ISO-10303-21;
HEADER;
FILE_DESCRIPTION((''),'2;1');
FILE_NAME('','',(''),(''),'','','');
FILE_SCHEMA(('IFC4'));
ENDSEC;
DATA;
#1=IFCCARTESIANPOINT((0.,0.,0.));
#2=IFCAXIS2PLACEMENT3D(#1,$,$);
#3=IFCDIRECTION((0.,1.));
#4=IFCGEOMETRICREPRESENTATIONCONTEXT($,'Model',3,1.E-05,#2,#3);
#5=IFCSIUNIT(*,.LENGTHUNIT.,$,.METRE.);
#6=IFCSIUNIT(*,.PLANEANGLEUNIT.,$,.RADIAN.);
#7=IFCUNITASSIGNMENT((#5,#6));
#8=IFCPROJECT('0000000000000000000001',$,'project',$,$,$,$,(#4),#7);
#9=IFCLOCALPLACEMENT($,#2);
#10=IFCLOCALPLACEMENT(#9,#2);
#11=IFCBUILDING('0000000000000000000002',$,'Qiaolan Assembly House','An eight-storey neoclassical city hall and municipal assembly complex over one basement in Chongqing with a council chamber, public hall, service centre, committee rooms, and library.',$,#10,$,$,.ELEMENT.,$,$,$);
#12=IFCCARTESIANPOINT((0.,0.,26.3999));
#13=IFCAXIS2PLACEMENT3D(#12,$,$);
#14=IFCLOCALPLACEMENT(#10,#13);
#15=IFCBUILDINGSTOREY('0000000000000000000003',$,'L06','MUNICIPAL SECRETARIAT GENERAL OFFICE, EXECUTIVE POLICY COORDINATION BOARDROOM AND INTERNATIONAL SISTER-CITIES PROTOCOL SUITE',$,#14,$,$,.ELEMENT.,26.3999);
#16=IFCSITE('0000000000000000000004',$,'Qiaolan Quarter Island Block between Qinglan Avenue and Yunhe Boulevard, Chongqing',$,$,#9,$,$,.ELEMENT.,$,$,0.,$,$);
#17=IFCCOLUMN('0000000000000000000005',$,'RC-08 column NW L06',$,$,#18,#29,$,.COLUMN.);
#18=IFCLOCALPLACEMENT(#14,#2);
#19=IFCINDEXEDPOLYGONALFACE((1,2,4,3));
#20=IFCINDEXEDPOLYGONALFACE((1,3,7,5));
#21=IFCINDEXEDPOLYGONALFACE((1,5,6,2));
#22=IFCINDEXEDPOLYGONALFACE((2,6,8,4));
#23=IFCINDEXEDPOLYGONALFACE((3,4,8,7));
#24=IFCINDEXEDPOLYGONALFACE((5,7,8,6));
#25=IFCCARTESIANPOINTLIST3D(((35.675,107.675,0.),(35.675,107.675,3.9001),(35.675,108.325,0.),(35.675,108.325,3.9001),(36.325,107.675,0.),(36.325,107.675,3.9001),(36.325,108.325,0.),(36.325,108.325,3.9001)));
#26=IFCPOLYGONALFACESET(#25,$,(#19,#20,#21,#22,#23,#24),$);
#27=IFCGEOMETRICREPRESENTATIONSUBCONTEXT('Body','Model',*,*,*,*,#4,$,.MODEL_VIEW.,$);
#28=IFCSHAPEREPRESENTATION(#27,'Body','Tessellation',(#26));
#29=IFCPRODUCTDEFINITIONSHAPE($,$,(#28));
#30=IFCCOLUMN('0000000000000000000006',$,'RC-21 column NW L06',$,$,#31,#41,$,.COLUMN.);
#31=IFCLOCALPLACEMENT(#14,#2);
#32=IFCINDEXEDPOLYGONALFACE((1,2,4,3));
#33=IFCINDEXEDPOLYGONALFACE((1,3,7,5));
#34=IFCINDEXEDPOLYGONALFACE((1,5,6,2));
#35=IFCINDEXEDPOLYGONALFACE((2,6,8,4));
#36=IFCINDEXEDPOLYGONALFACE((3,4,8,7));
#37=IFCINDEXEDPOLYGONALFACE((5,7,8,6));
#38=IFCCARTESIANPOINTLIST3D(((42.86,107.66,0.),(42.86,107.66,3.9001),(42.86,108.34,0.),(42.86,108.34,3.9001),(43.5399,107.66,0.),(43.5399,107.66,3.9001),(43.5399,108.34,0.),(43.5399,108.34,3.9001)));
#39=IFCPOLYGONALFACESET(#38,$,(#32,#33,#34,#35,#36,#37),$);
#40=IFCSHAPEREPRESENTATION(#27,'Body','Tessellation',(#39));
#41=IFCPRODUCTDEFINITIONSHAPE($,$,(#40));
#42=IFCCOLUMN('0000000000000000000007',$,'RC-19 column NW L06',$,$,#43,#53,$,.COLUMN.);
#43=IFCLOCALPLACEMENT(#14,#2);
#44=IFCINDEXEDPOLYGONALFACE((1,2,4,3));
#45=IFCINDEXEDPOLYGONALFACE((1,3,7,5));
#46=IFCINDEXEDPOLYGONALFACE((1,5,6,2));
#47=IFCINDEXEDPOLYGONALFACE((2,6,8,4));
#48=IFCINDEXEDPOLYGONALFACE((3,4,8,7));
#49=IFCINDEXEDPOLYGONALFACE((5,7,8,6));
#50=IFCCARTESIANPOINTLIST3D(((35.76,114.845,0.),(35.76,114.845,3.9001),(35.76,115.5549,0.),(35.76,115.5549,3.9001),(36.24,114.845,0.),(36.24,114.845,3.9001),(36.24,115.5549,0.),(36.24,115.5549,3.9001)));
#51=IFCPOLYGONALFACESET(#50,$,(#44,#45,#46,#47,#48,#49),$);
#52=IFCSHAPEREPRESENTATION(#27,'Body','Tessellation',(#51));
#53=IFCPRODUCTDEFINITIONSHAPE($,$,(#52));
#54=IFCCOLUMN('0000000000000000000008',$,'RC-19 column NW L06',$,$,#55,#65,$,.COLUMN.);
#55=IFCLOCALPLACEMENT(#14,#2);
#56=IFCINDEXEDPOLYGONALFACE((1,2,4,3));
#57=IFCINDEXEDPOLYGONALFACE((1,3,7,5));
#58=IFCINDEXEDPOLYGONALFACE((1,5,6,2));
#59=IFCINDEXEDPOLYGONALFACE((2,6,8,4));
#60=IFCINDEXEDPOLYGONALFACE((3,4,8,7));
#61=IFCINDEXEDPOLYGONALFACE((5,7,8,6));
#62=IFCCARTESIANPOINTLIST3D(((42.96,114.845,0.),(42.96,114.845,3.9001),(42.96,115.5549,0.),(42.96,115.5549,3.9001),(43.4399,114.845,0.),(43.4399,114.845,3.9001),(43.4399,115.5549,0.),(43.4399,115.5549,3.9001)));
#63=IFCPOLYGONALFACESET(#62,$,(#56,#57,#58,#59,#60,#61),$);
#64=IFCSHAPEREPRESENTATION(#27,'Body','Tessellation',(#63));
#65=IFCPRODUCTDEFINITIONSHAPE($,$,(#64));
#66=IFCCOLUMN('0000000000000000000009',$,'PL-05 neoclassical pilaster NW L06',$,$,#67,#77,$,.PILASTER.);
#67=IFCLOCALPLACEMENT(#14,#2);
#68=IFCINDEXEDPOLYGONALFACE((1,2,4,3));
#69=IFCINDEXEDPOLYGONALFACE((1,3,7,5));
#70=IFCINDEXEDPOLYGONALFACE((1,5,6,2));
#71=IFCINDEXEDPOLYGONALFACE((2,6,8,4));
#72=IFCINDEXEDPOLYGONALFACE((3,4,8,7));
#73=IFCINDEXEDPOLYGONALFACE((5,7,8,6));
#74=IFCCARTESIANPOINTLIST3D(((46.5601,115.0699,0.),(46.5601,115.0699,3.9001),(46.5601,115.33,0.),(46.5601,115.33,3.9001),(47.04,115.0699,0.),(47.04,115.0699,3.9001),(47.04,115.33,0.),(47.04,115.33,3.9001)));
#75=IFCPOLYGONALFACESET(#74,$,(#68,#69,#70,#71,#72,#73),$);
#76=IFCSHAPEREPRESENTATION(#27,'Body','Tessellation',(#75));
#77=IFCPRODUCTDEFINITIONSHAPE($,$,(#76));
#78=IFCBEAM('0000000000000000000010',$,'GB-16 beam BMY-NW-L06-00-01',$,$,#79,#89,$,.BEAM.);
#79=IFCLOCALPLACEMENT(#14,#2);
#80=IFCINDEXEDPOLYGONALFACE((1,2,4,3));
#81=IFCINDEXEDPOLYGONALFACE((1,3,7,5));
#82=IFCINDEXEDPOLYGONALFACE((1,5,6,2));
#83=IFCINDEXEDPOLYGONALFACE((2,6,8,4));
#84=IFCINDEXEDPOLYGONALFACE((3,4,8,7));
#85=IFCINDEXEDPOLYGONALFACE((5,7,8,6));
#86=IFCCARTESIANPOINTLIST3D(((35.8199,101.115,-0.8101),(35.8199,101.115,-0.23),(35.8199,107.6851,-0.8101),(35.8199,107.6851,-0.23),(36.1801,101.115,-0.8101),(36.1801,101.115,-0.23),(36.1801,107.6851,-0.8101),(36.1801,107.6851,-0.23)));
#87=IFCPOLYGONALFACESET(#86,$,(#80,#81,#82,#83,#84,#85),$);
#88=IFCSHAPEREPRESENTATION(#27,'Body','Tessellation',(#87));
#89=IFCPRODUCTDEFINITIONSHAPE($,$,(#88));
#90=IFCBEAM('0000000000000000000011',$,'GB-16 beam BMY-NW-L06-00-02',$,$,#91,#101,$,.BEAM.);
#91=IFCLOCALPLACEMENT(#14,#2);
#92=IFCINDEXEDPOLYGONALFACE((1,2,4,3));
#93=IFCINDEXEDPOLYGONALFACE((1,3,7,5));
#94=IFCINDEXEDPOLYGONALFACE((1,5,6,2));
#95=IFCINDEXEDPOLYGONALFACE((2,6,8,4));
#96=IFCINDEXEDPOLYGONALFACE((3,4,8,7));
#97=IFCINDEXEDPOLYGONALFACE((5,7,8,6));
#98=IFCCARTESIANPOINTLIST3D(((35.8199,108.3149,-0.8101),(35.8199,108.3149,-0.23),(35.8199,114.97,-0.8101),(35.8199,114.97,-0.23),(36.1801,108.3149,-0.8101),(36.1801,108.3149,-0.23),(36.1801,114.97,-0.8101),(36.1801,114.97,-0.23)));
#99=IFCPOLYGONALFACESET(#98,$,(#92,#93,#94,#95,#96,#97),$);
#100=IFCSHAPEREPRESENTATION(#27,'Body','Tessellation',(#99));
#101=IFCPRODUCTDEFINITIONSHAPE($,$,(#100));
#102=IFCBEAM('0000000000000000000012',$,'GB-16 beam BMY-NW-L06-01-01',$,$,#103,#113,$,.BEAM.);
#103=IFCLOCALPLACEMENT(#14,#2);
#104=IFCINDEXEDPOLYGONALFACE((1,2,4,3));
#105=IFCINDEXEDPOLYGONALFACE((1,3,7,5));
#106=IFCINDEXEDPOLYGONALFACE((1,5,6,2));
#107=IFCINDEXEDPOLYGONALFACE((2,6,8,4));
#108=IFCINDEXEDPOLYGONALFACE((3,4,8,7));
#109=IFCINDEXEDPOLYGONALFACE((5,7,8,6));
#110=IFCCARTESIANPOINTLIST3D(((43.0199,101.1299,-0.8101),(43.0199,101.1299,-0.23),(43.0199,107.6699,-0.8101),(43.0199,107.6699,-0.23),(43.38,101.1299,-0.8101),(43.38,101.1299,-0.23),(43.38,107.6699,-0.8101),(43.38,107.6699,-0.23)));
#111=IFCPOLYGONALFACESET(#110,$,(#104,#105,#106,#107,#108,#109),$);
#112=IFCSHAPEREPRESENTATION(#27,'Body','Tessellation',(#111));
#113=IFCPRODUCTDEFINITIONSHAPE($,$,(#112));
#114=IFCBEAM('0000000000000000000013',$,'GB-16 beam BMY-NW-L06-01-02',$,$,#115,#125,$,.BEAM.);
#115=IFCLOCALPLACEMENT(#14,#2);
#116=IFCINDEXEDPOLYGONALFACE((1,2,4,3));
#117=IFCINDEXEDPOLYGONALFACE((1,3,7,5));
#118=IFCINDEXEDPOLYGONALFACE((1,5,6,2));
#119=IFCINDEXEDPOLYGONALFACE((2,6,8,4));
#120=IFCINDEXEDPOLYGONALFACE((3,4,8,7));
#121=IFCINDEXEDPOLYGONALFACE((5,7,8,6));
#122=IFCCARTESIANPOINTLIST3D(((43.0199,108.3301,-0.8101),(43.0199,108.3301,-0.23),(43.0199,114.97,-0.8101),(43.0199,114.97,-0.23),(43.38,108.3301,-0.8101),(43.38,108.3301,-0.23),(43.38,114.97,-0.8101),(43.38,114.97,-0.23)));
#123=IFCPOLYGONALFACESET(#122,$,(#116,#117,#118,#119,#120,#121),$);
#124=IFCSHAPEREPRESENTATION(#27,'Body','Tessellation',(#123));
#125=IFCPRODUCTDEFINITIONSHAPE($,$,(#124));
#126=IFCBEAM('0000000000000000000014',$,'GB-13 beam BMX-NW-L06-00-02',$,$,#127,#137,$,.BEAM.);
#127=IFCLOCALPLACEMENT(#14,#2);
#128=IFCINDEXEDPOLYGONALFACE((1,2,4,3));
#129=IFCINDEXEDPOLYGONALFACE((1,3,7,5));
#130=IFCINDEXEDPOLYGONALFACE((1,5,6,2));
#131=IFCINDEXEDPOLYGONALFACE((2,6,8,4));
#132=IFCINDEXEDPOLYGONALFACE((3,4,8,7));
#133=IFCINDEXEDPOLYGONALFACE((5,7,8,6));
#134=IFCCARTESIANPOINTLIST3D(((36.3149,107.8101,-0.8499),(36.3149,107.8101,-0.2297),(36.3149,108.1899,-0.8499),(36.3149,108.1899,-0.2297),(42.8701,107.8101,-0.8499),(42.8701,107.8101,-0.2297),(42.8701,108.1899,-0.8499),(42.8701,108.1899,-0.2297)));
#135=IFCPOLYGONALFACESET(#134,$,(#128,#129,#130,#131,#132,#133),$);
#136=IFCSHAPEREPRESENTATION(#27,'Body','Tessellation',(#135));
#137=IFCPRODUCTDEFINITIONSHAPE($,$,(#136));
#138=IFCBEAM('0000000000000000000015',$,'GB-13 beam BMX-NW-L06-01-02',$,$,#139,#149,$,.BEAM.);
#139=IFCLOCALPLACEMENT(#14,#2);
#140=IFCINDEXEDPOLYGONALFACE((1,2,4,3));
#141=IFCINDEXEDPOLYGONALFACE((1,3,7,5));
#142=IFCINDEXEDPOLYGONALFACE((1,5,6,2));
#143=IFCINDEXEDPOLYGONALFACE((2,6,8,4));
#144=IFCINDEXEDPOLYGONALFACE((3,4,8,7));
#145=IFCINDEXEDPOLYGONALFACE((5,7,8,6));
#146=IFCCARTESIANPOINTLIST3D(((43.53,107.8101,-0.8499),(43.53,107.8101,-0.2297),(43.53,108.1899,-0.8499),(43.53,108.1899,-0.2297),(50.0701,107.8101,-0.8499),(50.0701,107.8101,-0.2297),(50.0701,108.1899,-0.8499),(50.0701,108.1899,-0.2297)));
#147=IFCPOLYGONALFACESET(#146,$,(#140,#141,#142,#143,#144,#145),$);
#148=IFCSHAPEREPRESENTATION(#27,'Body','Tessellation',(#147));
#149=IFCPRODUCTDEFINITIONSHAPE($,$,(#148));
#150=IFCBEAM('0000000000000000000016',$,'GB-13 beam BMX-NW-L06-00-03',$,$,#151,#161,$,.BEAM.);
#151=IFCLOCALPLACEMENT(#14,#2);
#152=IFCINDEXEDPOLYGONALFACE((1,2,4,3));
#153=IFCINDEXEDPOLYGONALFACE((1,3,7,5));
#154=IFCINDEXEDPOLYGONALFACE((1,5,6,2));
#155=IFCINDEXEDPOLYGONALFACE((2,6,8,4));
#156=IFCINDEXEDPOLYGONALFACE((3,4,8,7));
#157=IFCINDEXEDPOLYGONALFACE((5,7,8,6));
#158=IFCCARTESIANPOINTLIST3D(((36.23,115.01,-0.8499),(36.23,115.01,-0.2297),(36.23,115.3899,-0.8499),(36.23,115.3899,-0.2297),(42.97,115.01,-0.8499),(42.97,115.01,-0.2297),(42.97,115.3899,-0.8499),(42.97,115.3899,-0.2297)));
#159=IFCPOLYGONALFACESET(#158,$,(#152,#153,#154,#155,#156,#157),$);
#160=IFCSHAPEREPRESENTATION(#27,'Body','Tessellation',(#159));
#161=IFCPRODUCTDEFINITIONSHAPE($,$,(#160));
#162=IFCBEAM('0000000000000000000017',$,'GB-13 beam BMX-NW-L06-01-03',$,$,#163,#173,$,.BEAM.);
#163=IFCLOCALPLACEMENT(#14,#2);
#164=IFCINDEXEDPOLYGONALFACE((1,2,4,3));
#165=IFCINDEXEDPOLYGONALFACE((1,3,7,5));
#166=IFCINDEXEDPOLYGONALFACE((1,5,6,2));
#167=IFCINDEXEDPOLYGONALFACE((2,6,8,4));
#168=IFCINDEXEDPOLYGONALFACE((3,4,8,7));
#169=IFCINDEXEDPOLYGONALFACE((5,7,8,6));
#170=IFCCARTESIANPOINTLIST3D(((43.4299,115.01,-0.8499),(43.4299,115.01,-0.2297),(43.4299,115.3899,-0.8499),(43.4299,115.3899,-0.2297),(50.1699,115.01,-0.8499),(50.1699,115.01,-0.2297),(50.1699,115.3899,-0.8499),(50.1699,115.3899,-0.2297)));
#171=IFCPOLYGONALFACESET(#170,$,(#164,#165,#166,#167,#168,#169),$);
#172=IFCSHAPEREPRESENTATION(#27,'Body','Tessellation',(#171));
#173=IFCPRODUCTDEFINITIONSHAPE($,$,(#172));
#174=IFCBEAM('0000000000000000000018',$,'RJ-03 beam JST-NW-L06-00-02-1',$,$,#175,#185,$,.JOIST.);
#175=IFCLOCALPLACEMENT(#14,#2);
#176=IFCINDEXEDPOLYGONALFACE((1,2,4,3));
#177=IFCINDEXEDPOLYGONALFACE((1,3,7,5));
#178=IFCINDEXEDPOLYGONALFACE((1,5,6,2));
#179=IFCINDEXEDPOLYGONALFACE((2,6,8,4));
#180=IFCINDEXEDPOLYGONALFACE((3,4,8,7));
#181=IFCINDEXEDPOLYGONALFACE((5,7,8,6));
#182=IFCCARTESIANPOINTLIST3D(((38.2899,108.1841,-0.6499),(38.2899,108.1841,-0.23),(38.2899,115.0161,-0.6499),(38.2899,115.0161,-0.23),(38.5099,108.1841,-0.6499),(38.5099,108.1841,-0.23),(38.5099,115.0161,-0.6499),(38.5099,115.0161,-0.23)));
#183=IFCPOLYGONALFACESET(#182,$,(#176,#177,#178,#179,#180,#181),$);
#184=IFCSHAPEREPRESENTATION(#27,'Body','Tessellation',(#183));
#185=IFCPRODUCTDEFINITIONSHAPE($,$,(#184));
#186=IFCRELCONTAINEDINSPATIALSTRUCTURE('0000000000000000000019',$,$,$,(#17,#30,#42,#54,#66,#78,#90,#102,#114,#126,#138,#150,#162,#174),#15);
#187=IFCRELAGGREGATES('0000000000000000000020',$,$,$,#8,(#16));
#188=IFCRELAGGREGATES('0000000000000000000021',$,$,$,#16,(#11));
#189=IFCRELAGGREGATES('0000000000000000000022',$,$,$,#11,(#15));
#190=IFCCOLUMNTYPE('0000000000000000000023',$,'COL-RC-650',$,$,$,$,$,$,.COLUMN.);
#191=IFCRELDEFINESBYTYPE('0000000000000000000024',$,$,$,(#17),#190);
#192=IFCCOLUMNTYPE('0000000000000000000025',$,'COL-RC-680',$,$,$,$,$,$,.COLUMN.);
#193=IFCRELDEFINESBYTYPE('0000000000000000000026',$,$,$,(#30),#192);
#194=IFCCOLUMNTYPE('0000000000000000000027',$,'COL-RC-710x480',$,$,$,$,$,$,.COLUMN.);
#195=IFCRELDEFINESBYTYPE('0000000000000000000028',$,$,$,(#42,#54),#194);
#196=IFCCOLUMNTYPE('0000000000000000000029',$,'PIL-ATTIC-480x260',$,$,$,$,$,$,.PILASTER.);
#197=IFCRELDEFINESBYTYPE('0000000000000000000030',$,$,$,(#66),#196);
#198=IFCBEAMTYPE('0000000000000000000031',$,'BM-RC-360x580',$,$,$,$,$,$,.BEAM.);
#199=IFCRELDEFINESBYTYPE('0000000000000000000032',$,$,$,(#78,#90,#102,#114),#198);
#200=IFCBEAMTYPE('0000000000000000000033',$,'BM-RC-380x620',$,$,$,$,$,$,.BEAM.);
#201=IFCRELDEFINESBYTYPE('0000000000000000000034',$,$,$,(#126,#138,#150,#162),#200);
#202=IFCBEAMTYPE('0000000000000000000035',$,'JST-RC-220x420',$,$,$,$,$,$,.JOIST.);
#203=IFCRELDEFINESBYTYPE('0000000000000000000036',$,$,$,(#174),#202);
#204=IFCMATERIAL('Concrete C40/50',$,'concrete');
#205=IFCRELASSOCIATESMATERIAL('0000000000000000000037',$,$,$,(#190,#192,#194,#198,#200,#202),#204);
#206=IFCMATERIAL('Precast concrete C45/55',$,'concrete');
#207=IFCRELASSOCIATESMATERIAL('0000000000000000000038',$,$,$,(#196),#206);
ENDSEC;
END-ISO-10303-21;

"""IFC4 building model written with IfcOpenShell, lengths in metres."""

from ifc_helpers import new_model, si_unit, direction, frame, origin, origin_2d, place, context, subcontext, project, spatial, rectangle, extrude, material, material_profile, profile_set, type_object, element, save


model = new_model("IFC4")

# Units and contexts
model_context = context("Model", 3, precision=1e-05, world=origin(), true_north=direction((0.0, 1.0)))
body_context = subcontext(model_context, "Body", "Model", "MODEL_VIEW")
ifc_project = project(units=[si_unit("LENGTHUNIT", "METRE"), si_unit("PLANEANGLEUNIT", "RADIAN")], contexts=[model_context])

# Site, building, storey
site_placement = place(None, origin())
site = spatial("IfcSite", under=ifc_project, at=site_placement, Name="Qiaolan Quarter Island Block between Qinglan Avenue and Yunhe Boulevard, Chongqing", CompositionType="ELEMENT", RefElevation=0.0)
building_placement = place(site_placement, origin())
building = spatial("IfcBuilding", under=site, at=building_placement, Name="Qiaolan Assembly House", Description="An eight-storey neoclassical city hall and municipal assembly complex over one basement in Chongqing with a council chamber, public hall, service centre, committee rooms, and library.", CompositionType="ELEMENT")
storey_placement = place(building_placement, frame((0.0, 0.0, 26.3999)))
storey = spatial("IfcBuildingStorey", under=building, at=storey_placement, Name="L06", Description="MUNICIPAL SECRETARIAT GENERAL OFFICE, EXECUTIVE POLICY COORDINATION BOARDROOM AND INTERNATIONAL SISTER-CITIES PROTOCOL SUITE", CompositionType="ELEMENT", Elevation=26.3999)

# Columns
ifc_material_1 = material(Name="Concrete C40/50", Category="concrete")
ifc_material_profile_1 = material_profile(ifc_material_1, rectangle(XDim=0.6499, YDim=0.6499, at=origin_2d()), Name="RC 650x650")
ifc_profile_set_1 = profile_set([ifc_material_profile_1], Name="Concrete C40/50")
column_type_1 = type_object("IfcColumnType", Name="COL-RC-650", PredefinedType="COLUMN", material=ifc_profile_set_1)
column_1_placement = place(storey_placement, frame((36.0, 108.0, 0.0), z_axis=(0.0, 0.0, 1.0), x_axis=(1.0, 0.0, 0.0)))
element("IfcColumn", 1, at=column_1_placement, inside=storey, type_object=column_type_1, Name="RC-08 column NW L06", PredefinedType="COLUMN", context=body_context, shape_type="SweptSolid", body=[
    extrude(rectangle(XDim=0.6499, YDim=0.6499, at=origin_2d()), origin(), (0.0, 0.0, 1.0), 3.9001),
])
ifc_material_profile_2 = material_profile(ifc_material_1, rectangle(XDim=0.6799, YDim=0.6799, at=origin_2d()), Name="RC 680x680")
ifc_profile_set_2 = profile_set([ifc_material_profile_2], Name="Concrete C40/50")
column_type_2 = type_object("IfcColumnType", Name="COL-RC-680", PredefinedType="COLUMN", material=ifc_profile_set_2)
column_2_placement = place(storey_placement, frame((43.2, 108.0, 0.0), z_axis=(0.0, 0.0, 1.0), x_axis=(1.0, 0.0, 0.0)))
element("IfcColumn", 2, at=column_2_placement, inside=storey, type_object=column_type_2, Name="RC-21 column NW L06", PredefinedType="COLUMN", context=body_context, shape_type="SweptSolid", body=[
    extrude(rectangle(XDim=0.6799, YDim=0.6799, at=origin_2d()), origin(), (0.0, 0.0, 1.0), 3.9001),
])
ifc_material_profile_3 = material_profile(ifc_material_1, rectangle(XDim=0.48, YDim=0.71, at=origin_2d()), Name="RC 710x480")
ifc_profile_set_3 = profile_set([ifc_material_profile_3], Name="Concrete C40/50")
column_type_3 = type_object("IfcColumnType", Name="COL-RC-710x480", PredefinedType="COLUMN", material=ifc_profile_set_3)
for number, where, z_axis, x_axis, name in (
    (3, (36.0, 115.2, 0.0), (0.0, 0.0, 1.0), (1.0, 0.0, 0.0), "RC-19 column NW L06"),
    (4, (43.2, 115.2, 0.0), (0.0, 0.0, 1.0), (1.0, 0.0, 0.0), "RC-19 column NW L06"),
):
    element("IfcColumn", number, at=place(storey_placement, frame(where, z_axis=z_axis, x_axis=x_axis)), inside=storey, type_object=column_type_3, Name=name, PredefinedType="COLUMN", context=body_context, shape_type="SweptSolid", body=[
        extrude(rectangle(XDim=0.48, YDim=0.71, at=origin_2d()), origin(), (0.0, 0.0, 1.0), 3.9001),
    ])
ifc_material_2 = material(Name="Precast concrete C45/55", Category="concrete")
ifc_material_profile_4 = material_profile(ifc_material_2, rectangle(XDim=0.48, YDim=0.26, at=origin_2d()), Name="PIL 480x260")
ifc_profile_set_4 = profile_set([ifc_material_profile_4], Name="Precast concrete C45/55")
column_type_4 = type_object("IfcColumnType", Name="PIL-ATTIC-480x260", PredefinedType="PILASTER", material=ifc_profile_set_4)
column_3_placement = place(storey_placement, frame((46.8, 115.2, 0.0), z_axis=(0.0, 0.0, 1.0), x_axis=(1.0, 0.0, 0.0)))
element("IfcColumn", 5, at=column_3_placement, inside=storey, type_object=column_type_4, Name="PL-05 neoclassical pilaster NW L06", PredefinedType="PILASTER", context=body_context, shape_type="SweptSolid", body=[
    extrude(rectangle(XDim=0.48, YDim=0.26, at=origin_2d()), origin(), (0.0, 0.0, 1.0), 3.9001),
])

# Beams
ifc_material_profile_5 = material_profile(ifc_material_1, rectangle(XDim=0.3601, YDim=0.5801, at=origin_2d()), Name="RCB 360x580")
ifc_profile_set_5 = profile_set([ifc_material_profile_5], Name="Concrete C40/50")
beam_type_1 = type_object("IfcBeamType", Name="BM-RC-360x580", PredefinedType="BEAM", material=ifc_profile_set_5)
beam_1_placement = place(storey_placement, frame((36.0, 101.115, -0.52), z_axis=(0.0, 1.0, 0.0), x_axis=(-1.0, 0.0, 0.0)))
element("IfcBeam", 6, at=beam_1_placement, inside=storey, type_object=beam_type_1, Name="GB-16 beam BMY-NW-L06-00-01", PredefinedType="BEAM", context=body_context, shape_type="SweptSolid", body=[
    extrude(rectangle(XDim=0.3601, YDim=0.5801, at=origin_2d()), origin(), (0.0, 0.0, 1.0), 6.5701),
])
beam_2_placement = place(storey_placement, frame((36.0, 108.3149, -0.52), z_axis=(0.0, 1.0, 0.0), x_axis=(-1.0, 0.0, 0.0)))
element("IfcBeam", 7, at=beam_2_placement, inside=storey, type_object=beam_type_1, Name="GB-16 beam BMY-NW-L06-00-02", PredefinedType="BEAM", context=body_context, shape_type="SweptSolid", body=[
    extrude(rectangle(XDim=0.3601, YDim=0.5801, at=origin_2d()), origin(), (0.0, 0.0, 1.0), 6.655),
])
beam_3_placement = place(storey_placement, frame((43.2, 101.1299, -0.52), z_axis=(0.0, 1.0, 0.0), x_axis=(-1.0, 0.0, 0.0)))
element("IfcBeam", 8, at=beam_3_placement, inside=storey, type_object=beam_type_1, Name="GB-16 beam BMY-NW-L06-01-01", PredefinedType="BEAM", context=body_context, shape_type="SweptSolid", body=[
    extrude(rectangle(XDim=0.3601, YDim=0.5801, at=origin_2d()), origin(), (0.0, 0.0, 1.0), 6.54),
])
beam_4_placement = place(storey_placement, frame((43.2, 108.3301, -0.52), z_axis=(0.0, 1.0, 0.0), x_axis=(-1.0, 0.0, 0.0)))
element("IfcBeam", 9, at=beam_4_placement, inside=storey, type_object=beam_type_1, Name="GB-16 beam BMY-NW-L06-01-02", PredefinedType="BEAM", context=body_context, shape_type="SweptSolid", body=[
    extrude(rectangle(XDim=0.3601, YDim=0.5801, at=origin_2d()), origin(), (0.0, 0.0, 1.0), 6.6399),
])
ifc_material_profile_6 = material_profile(ifc_material_1, rectangle(XDim=0.3799, YDim=0.6201, at=origin_2d()), Name="RCB 380x620")
ifc_profile_set_6 = profile_set([ifc_material_profile_6], Name="Concrete C40/50")
beam_type_2 = type_object("IfcBeamType", Name="BM-RC-380x620", PredefinedType="BEAM", material=ifc_profile_set_6)
beam_5_placement = place(storey_placement, frame((36.3149, 108.0, -0.5398), z_axis=(1.0, 0.0, 0.0), x_axis=(0.0, 1.0, 0.0)))
element("IfcBeam", 10, at=beam_5_placement, inside=storey, type_object=beam_type_2, Name="GB-13 beam BMX-NW-L06-00-02", PredefinedType="BEAM", context=body_context, shape_type="SweptSolid", body=[
    extrude(rectangle(XDim=0.3799, YDim=0.6201, at=origin_2d()), origin(), (0.0, 0.0, 1.0), 6.5552),
])
beam_6_placement = place(storey_placement, frame((43.53, 108.0, -0.5398), z_axis=(1.0, 0.0, 0.0), x_axis=(0.0, 1.0, 0.0)))
element("IfcBeam", 11, at=beam_6_placement, inside=storey, type_object=beam_type_2, Name="GB-13 beam BMX-NW-L06-01-02", PredefinedType="BEAM", context=body_context, shape_type="SweptSolid", body=[
    extrude(rectangle(XDim=0.3799, YDim=0.6201, at=origin_2d()), origin(), (0.0, 0.0, 1.0), 6.54),
])
for number, where, z_axis, x_axis, name in (
    (12, (36.23, 115.2, -0.5398), (1.0, 0.0, 0.0), (0.0, 1.0, 0.0), "GB-13 beam BMX-NW-L06-00-03"),
    (13, (43.4299, 115.2, -0.5398), (1.0, 0.0, 0.0), (0.0, 1.0, 0.0), "GB-13 beam BMX-NW-L06-01-03"),
):
    element("IfcBeam", number, at=place(storey_placement, frame(where, z_axis=z_axis, x_axis=x_axis)), inside=storey, type_object=beam_type_2, Name=name, PredefinedType="BEAM", context=body_context, shape_type="SweptSolid", body=[
        extrude(rectangle(XDim=0.3799, YDim=0.6201, at=origin_2d()), origin(), (0.0, 0.0, 1.0), 6.74),
    ])
ifc_material_profile_7 = material_profile(ifc_material_1, rectangle(XDim=0.22, YDim=0.4199, at=origin_2d()), Name="RCB 220x420")
ifc_profile_set_7 = profile_set([ifc_material_profile_7], Name="Concrete C40/50")
beam_type_3 = type_object("IfcBeamType", Name="JST-RC-220x420", PredefinedType="JOIST", material=ifc_profile_set_7)
for number, where, z_axis, x_axis, name in (
    (14, (38.3999, 108.1841, -0.4399), (0.0, 1.0, 0.0), (-1.0, 0.0, 0.0), "RJ-03 beam JST-NW-L06-00-02-1"),
):
    element("IfcBeam", number, at=place(storey_placement, frame(where, z_axis=z_axis, x_axis=x_axis)), inside=storey, type_object=beam_type_3, Name=name, PredefinedType="JOIST", context=body_context, shape_type="SweptSolid", body=[
        extrude(rectangle(XDim=0.22, YDim=0.4199, at=origin_2d()), origin(), (0.0, 0.0, 1.0), 6.832),
    ])

save(model, "model.ifc")
